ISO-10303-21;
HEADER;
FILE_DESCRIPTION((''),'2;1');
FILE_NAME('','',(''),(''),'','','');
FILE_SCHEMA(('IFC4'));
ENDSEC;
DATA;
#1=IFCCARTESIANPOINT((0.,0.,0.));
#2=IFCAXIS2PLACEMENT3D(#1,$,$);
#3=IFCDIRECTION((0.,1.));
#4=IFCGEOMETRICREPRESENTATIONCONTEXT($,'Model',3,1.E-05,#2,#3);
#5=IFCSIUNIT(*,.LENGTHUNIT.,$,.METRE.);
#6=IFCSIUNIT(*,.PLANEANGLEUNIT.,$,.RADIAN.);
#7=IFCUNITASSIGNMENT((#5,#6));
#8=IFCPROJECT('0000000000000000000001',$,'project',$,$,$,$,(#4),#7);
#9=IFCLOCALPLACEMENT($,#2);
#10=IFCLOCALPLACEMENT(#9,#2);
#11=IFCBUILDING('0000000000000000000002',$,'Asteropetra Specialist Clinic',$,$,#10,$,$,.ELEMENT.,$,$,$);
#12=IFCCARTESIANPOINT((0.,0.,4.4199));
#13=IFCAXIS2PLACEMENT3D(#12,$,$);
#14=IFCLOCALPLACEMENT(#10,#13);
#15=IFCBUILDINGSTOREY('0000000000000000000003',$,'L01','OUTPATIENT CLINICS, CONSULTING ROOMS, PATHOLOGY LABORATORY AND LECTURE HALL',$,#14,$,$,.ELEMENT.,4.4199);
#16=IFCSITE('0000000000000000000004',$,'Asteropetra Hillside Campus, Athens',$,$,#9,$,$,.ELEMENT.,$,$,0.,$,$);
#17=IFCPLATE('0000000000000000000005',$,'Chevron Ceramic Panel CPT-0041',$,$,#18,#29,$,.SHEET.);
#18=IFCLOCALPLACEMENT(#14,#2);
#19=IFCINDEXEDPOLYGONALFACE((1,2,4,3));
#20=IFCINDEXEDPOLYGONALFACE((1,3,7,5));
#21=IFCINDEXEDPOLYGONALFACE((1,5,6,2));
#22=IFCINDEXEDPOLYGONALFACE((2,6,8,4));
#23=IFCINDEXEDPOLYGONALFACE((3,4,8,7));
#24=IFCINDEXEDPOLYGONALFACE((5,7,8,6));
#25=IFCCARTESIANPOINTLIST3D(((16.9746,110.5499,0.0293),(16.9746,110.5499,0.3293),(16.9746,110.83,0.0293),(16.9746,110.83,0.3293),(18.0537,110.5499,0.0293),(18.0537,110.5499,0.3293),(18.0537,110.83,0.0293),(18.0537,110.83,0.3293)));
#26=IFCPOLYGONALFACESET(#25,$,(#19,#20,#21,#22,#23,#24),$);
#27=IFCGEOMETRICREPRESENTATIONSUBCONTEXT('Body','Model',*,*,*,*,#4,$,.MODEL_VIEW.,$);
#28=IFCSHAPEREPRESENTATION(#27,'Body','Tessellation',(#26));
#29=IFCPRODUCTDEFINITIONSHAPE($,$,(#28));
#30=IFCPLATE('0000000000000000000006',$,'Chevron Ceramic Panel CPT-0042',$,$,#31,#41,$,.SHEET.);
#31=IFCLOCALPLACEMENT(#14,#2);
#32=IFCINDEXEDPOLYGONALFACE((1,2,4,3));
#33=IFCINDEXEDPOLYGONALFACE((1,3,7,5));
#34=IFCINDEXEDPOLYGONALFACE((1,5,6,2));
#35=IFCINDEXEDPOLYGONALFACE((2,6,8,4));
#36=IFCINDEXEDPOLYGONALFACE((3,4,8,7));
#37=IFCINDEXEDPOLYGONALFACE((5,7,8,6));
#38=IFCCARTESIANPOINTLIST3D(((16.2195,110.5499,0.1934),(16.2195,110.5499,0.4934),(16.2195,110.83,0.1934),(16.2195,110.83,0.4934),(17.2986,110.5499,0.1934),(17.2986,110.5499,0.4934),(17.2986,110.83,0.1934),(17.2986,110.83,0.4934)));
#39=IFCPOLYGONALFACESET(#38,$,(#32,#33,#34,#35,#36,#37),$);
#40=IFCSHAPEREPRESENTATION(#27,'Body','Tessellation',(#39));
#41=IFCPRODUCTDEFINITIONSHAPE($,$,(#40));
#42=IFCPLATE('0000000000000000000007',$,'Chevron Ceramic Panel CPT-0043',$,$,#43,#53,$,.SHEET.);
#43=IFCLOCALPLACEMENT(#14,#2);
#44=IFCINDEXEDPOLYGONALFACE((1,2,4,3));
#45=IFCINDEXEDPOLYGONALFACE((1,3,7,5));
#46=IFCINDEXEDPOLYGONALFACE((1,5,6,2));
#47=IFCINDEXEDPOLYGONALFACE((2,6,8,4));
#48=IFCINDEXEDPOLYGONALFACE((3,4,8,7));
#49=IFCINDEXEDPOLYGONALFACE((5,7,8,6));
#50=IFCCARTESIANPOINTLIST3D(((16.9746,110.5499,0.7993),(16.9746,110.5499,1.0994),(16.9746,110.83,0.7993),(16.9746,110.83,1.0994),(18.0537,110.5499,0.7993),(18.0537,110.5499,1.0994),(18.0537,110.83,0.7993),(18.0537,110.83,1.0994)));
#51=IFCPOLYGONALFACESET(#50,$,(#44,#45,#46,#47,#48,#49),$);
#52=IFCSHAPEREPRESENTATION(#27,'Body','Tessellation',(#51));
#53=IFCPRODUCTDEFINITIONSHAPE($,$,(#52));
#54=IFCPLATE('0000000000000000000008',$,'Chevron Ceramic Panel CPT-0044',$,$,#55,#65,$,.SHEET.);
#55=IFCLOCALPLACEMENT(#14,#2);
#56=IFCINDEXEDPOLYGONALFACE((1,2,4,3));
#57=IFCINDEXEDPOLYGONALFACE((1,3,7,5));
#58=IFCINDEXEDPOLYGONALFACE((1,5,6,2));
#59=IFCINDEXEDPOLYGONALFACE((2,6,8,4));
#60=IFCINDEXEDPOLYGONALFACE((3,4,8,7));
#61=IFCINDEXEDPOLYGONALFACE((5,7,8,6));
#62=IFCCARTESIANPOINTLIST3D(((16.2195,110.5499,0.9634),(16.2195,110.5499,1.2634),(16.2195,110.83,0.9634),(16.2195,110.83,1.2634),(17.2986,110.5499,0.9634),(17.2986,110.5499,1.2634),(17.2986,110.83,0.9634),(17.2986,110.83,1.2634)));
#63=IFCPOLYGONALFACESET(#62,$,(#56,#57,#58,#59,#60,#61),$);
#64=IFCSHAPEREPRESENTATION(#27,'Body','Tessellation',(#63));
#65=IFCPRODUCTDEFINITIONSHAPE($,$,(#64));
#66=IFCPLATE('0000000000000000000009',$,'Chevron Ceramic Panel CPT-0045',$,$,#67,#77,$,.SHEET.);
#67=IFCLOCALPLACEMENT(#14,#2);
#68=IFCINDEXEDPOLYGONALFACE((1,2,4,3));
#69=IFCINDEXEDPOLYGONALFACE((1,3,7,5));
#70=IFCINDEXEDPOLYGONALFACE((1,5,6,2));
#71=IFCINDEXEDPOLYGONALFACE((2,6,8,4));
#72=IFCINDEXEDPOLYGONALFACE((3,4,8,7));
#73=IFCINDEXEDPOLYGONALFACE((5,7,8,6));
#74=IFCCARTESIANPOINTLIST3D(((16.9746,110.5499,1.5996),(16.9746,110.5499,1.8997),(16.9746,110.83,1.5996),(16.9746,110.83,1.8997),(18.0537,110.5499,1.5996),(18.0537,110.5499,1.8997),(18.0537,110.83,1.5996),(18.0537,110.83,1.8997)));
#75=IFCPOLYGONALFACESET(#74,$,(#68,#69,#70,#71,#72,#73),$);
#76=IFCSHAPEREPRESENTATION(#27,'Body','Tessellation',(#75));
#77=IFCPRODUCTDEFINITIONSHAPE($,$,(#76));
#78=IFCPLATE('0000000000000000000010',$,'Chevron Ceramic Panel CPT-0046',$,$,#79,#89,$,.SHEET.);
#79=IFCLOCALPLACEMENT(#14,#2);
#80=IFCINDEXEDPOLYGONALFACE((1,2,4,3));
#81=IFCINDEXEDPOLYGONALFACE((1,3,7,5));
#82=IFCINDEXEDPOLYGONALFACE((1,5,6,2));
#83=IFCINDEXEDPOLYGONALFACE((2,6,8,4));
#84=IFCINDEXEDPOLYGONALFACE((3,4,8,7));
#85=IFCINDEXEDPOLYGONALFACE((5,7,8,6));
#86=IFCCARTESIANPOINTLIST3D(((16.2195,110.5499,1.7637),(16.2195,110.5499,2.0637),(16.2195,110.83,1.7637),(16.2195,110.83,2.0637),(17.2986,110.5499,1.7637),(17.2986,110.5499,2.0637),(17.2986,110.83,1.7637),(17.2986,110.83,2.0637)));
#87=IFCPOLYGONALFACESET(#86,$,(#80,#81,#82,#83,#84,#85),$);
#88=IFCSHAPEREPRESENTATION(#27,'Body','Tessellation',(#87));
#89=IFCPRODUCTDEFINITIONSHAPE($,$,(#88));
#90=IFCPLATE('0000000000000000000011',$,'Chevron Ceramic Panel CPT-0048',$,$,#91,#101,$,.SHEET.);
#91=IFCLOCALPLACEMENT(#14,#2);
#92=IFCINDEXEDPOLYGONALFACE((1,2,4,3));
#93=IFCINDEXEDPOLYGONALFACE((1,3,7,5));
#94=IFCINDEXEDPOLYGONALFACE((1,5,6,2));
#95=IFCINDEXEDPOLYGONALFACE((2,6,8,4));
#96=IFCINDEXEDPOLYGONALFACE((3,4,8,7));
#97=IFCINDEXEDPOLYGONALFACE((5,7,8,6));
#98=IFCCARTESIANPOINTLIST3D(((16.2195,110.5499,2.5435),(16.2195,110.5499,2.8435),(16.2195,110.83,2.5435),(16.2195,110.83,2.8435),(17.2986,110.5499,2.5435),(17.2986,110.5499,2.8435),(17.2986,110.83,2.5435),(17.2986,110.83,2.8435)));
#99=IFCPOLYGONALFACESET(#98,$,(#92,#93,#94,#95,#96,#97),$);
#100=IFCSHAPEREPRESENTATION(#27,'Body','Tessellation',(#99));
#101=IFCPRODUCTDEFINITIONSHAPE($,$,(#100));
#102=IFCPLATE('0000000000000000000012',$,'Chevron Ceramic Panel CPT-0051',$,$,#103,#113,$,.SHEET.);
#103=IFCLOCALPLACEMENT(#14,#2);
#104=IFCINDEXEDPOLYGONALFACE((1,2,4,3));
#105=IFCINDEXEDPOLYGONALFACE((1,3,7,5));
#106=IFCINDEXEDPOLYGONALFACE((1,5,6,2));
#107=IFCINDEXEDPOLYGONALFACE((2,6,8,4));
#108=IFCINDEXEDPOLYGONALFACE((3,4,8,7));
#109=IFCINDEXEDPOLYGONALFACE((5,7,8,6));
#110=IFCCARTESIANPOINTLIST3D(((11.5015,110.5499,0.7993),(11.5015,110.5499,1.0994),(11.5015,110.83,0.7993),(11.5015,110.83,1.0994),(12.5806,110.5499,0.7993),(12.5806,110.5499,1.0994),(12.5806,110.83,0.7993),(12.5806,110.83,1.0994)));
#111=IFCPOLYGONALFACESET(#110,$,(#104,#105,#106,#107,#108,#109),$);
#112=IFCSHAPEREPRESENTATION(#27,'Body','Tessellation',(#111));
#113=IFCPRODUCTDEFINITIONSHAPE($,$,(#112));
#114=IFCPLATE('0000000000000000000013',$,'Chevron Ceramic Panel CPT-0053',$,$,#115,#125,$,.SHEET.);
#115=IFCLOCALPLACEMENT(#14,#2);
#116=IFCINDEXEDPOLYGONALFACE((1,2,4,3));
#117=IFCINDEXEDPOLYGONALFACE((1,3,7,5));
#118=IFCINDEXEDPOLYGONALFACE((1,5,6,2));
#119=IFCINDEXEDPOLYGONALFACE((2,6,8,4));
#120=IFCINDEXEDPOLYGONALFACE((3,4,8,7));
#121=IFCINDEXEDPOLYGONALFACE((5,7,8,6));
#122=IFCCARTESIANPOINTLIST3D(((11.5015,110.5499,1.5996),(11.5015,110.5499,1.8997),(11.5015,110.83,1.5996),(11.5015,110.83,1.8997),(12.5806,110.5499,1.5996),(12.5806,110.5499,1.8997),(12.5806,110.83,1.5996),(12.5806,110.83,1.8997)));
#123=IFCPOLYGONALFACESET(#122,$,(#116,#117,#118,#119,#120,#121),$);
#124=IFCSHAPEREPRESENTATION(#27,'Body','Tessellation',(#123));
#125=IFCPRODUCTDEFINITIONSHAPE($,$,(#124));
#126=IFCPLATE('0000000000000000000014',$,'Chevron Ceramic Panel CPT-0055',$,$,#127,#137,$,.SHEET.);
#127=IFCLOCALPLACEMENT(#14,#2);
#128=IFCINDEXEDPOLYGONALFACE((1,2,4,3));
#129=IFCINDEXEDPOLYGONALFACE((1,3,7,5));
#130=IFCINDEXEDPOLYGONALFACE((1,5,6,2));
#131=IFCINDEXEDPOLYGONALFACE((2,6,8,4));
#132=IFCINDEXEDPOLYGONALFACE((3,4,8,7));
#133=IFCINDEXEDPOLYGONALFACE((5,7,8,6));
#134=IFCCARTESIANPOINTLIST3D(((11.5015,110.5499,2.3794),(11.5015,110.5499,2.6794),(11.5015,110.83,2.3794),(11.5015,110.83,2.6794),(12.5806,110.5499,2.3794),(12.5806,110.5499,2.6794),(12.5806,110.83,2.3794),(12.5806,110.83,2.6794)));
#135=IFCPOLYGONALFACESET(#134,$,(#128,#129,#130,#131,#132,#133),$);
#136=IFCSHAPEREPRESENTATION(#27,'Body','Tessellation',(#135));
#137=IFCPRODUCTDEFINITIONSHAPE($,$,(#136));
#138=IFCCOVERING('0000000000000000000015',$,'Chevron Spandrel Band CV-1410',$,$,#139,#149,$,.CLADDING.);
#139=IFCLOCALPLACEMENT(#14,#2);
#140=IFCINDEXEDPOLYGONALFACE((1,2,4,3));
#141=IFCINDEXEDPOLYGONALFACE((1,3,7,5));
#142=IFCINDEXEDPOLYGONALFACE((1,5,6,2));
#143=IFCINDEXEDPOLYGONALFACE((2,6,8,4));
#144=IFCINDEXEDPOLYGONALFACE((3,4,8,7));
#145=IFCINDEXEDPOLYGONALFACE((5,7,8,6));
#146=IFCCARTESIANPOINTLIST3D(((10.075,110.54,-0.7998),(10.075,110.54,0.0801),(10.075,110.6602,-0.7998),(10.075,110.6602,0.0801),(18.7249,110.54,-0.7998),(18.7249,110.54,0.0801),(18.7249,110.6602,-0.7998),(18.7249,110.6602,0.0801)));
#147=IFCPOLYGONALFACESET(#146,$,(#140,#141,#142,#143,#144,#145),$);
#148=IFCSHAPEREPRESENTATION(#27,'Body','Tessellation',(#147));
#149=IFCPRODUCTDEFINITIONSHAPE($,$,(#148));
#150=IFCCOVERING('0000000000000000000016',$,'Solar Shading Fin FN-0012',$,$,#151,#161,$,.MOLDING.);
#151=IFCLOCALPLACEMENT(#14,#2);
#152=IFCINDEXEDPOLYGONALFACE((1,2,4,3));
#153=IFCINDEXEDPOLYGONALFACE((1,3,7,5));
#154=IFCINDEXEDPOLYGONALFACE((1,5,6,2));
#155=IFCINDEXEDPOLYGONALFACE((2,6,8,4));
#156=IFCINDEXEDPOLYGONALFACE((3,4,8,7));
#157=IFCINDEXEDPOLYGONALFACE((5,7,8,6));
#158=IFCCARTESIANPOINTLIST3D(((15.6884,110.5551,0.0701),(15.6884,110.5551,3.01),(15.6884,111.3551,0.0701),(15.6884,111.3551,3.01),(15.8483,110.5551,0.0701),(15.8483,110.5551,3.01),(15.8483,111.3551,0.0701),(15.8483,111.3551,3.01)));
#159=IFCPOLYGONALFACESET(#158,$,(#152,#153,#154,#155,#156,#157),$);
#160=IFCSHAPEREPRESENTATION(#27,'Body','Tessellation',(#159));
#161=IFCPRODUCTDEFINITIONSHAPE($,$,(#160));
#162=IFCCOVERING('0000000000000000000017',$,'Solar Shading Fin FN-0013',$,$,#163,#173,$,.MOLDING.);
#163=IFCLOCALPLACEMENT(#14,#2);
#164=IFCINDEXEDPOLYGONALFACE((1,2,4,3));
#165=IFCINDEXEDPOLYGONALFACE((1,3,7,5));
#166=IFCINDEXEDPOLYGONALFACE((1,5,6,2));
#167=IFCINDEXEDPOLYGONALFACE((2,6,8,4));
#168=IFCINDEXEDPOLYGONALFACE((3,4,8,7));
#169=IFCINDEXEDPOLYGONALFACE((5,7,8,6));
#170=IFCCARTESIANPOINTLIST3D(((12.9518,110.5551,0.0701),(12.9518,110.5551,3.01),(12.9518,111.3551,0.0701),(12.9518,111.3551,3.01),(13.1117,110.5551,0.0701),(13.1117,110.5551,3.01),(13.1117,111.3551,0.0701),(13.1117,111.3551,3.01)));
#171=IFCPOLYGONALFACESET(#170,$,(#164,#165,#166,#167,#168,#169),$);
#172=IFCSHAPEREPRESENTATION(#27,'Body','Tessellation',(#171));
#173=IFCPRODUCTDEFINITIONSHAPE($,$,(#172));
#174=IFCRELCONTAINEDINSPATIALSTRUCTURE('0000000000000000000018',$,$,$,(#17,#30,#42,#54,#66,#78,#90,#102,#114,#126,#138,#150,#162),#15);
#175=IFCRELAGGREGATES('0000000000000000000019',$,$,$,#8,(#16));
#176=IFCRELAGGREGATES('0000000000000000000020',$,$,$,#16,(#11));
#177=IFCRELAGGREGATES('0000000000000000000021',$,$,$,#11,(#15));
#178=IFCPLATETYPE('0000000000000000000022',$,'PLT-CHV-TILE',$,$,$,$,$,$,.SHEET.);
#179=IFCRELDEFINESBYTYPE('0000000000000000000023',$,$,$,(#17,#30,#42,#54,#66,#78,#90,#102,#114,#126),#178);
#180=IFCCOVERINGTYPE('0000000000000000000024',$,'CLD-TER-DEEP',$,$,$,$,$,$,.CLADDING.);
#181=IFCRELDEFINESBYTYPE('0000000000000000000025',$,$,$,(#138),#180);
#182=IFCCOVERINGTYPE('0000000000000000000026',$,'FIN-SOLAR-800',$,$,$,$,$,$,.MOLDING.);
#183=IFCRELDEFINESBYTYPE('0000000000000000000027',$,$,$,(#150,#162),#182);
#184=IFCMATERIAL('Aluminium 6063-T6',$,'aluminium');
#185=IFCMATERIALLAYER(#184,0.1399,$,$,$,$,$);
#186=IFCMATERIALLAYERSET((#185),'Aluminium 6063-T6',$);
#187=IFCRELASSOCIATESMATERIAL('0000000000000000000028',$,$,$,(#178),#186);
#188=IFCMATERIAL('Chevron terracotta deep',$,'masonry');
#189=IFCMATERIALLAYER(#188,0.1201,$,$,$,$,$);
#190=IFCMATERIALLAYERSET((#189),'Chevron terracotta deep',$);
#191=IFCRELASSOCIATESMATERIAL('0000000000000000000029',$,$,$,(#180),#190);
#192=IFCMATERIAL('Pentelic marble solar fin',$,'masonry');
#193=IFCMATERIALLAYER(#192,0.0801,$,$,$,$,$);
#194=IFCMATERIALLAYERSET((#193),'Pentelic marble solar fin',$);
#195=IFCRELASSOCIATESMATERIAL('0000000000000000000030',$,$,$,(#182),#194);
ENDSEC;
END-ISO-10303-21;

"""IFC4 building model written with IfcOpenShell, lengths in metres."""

from ifc_helpers import new_model, si_unit, direction, frame, origin, origin_2d, place, context, subcontext, project, spatial, rectangle, extrude, material, layer, layer_set, type_object, element, save


model = new_model("IFC4")

# Units and contexts
model_context = context("Model", 3, precision=1e-05, world=origin(), true_north=direction((0.0, 1.0)))
body_context = subcontext(model_context, "Body", "Model", "MODEL_VIEW")
ifc_project = project(units=[si_unit("LENGTHUNIT", "METRE"), si_unit("PLANEANGLEUNIT", "RADIAN")], contexts=[model_context])

# Site, building, storey
site_placement = place(None, origin())
site = spatial("IfcSite", under=ifc_project, at=site_placement, Name="Asteropetra Hillside Campus, Athens", CompositionType="ELEMENT", RefElevation=0.0)
building_placement = place(site_placement, origin())
building = spatial("IfcBuilding", under=site, at=building_placement, Name="Asteropetra Specialist Clinic", CompositionType="ELEMENT")
storey_placement = place(building_placement, frame((0.0, 0.0, 4.4199)))
storey = spatial("IfcBuildingStorey", under=building, at=storey_placement, Name="L01", Description="OUTPATIENT CLINICS, CONSULTING ROOMS, PATHOLOGY LABORATORY AND LECTURE HALL", CompositionType="ELEMENT", Elevation=4.4199)

# Plates
ifc_material_1 = material(Name="Aluminium 6063-T6", Category="aluminium")
ifc_layer_1 = layer(ifc_material_1, 0.1399)
ifc_layer_set_1 = layer_set([ifc_layer_1], Name="Aluminium 6063-T6")
plate_type_1 = type_object("IfcPlateType", Name="PLT-CHV-TILE", PredefinedType="SHEET", material=ifc_layer_set_1)
for number, where, z_axis, x_axis, name in (
    (1, (17.5142, 110.6899, 0.0293), (0.0, 0.0, 1.0), (1.0, 0.0, 0.0), "Chevron Ceramic Panel CPT-0041"),
    (2, (16.759, 110.6899, 0.1934), (0.0, 0.0, 1.0), (1.0, 0.0, 0.0), "Chevron Ceramic Panel CPT-0042"),
    (3, (17.5142, 110.6899, 0.7993), (0.0, 0.0, 1.0), (1.0, 0.0, 0.0), "Chevron Ceramic Panel CPT-0043"),
    (4, (16.759, 110.6899, 0.9634), (0.0, 0.0, 1.0), (1.0, 0.0, 0.0), "Chevron Ceramic Panel CPT-0044"),
    (5, (17.5142, 110.6899, 1.5996), (0.0, 0.0, 1.0), (1.0, 0.0, 0.0), "Chevron Ceramic Panel CPT-0045"),
    (6, (16.759, 110.6899, 1.7637), (0.0, 0.0, 1.0), (1.0, 0.0, 0.0), "Chevron Ceramic Panel CPT-0046"),
    (7, (16.759, 110.6899, 2.5435), (0.0, 0.0, 1.0), (1.0, 0.0, 0.0), "Chevron Ceramic Panel CPT-0048"),
    (8, (12.041, 110.6899, 0.7993), (0.0, 0.0, 1.0), (1.0, 0.0, 0.0), "Chevron Ceramic Panel CPT-0051"),
    (9, (12.041, 110.6899, 1.5996), (0.0, 0.0, 1.0), (1.0, 0.0, 0.0), "Chevron Ceramic Panel CPT-0053"),
    (10, (12.041, 110.6899, 2.3794), (0.0, 0.0, 1.0), (1.0, 0.0, 0.0), "Chevron Ceramic Panel CPT-0055"),
):
    element("IfcPlate", number, at=place(storey_placement, frame(where, z_axis=z_axis, x_axis=x_axis)), inside=storey, type_object=plate_type_1, Name=name, PredefinedType="SHEET", context=body_context, shape_type="SweptSolid", body=[
        extrude(rectangle(XDim=1.0791, YDim=0.28, at=origin_2d()), origin(), (0.0, 0.0, 1.0), 0.3),
    ])

# Coverings
ifc_material_2 = material(Name="Chevron terracotta deep", Category="masonry")
ifc_layer_2 = layer(ifc_material_2, 0.1201)
ifc_layer_set_2 = layer_set([ifc_layer_2], Name="Chevron terracotta deep")
covering_type_1 = type_object("IfcCoveringType", Name="CLD-TER-DEEP", PredefinedType="CLADDING", material=ifc_layer_set_2)
covering_placement = place(storey_placement, frame((14.3999, 110.6001, -0.7998), z_axis=(0.0, 0.0, 1.0), x_axis=(1.0, 0.0, 0.0)))
element("IfcCovering", 11, at=covering_placement, inside=storey, type_object=covering_type_1, Name="Chevron Spandrel Band CV-1410", PredefinedType="CLADDING", context=body_context, shape_type="SweptSolid", body=[
    extrude(rectangle(XDim=8.6499, YDim=0.1201, at=origin_2d()), origin(), (0.0, 0.0, 1.0), 0.8799),
])
ifc_material_3 = material(Name="Pentelic marble solar fin", Category="masonry")
ifc_layer_3 = layer(ifc_material_3, 0.0801)
ifc_layer_set_3 = layer_set([ifc_layer_3], Name="Pentelic marble solar fin")
covering_type_2 = type_object("IfcCoveringType", Name="FIN-SOLAR-800", PredefinedType="MOLDING", material=ifc_layer_set_3)
for number, where, z_axis, x_axis, name in (
    (12, (15.7683, 110.9551, 0.0701), (0.0, 0.0, 1.0), (1.0, 0.0, 0.0), "Solar Shading Fin FN-0012"),
    (13, (13.0317, 110.9551, 0.0701), (0.0, 0.0, 1.0), (1.0, 0.0, 0.0), "Solar Shading Fin FN-0013"),
):
    element("IfcCovering", number, at=place(storey_placement, frame(where, z_axis=z_axis, x_axis=x_axis)), inside=storey, type_object=covering_type_2, Name=name, PredefinedType="MOLDING", context=body_context, shape_type="SweptSolid", body=[
        extrude(rectangle(XDim=0.1599, YDim=0.8, at=origin_2d()), origin(), (0.0, 0.0, 1.0), 2.9399),
    ])

save(model, "model.ifc")
